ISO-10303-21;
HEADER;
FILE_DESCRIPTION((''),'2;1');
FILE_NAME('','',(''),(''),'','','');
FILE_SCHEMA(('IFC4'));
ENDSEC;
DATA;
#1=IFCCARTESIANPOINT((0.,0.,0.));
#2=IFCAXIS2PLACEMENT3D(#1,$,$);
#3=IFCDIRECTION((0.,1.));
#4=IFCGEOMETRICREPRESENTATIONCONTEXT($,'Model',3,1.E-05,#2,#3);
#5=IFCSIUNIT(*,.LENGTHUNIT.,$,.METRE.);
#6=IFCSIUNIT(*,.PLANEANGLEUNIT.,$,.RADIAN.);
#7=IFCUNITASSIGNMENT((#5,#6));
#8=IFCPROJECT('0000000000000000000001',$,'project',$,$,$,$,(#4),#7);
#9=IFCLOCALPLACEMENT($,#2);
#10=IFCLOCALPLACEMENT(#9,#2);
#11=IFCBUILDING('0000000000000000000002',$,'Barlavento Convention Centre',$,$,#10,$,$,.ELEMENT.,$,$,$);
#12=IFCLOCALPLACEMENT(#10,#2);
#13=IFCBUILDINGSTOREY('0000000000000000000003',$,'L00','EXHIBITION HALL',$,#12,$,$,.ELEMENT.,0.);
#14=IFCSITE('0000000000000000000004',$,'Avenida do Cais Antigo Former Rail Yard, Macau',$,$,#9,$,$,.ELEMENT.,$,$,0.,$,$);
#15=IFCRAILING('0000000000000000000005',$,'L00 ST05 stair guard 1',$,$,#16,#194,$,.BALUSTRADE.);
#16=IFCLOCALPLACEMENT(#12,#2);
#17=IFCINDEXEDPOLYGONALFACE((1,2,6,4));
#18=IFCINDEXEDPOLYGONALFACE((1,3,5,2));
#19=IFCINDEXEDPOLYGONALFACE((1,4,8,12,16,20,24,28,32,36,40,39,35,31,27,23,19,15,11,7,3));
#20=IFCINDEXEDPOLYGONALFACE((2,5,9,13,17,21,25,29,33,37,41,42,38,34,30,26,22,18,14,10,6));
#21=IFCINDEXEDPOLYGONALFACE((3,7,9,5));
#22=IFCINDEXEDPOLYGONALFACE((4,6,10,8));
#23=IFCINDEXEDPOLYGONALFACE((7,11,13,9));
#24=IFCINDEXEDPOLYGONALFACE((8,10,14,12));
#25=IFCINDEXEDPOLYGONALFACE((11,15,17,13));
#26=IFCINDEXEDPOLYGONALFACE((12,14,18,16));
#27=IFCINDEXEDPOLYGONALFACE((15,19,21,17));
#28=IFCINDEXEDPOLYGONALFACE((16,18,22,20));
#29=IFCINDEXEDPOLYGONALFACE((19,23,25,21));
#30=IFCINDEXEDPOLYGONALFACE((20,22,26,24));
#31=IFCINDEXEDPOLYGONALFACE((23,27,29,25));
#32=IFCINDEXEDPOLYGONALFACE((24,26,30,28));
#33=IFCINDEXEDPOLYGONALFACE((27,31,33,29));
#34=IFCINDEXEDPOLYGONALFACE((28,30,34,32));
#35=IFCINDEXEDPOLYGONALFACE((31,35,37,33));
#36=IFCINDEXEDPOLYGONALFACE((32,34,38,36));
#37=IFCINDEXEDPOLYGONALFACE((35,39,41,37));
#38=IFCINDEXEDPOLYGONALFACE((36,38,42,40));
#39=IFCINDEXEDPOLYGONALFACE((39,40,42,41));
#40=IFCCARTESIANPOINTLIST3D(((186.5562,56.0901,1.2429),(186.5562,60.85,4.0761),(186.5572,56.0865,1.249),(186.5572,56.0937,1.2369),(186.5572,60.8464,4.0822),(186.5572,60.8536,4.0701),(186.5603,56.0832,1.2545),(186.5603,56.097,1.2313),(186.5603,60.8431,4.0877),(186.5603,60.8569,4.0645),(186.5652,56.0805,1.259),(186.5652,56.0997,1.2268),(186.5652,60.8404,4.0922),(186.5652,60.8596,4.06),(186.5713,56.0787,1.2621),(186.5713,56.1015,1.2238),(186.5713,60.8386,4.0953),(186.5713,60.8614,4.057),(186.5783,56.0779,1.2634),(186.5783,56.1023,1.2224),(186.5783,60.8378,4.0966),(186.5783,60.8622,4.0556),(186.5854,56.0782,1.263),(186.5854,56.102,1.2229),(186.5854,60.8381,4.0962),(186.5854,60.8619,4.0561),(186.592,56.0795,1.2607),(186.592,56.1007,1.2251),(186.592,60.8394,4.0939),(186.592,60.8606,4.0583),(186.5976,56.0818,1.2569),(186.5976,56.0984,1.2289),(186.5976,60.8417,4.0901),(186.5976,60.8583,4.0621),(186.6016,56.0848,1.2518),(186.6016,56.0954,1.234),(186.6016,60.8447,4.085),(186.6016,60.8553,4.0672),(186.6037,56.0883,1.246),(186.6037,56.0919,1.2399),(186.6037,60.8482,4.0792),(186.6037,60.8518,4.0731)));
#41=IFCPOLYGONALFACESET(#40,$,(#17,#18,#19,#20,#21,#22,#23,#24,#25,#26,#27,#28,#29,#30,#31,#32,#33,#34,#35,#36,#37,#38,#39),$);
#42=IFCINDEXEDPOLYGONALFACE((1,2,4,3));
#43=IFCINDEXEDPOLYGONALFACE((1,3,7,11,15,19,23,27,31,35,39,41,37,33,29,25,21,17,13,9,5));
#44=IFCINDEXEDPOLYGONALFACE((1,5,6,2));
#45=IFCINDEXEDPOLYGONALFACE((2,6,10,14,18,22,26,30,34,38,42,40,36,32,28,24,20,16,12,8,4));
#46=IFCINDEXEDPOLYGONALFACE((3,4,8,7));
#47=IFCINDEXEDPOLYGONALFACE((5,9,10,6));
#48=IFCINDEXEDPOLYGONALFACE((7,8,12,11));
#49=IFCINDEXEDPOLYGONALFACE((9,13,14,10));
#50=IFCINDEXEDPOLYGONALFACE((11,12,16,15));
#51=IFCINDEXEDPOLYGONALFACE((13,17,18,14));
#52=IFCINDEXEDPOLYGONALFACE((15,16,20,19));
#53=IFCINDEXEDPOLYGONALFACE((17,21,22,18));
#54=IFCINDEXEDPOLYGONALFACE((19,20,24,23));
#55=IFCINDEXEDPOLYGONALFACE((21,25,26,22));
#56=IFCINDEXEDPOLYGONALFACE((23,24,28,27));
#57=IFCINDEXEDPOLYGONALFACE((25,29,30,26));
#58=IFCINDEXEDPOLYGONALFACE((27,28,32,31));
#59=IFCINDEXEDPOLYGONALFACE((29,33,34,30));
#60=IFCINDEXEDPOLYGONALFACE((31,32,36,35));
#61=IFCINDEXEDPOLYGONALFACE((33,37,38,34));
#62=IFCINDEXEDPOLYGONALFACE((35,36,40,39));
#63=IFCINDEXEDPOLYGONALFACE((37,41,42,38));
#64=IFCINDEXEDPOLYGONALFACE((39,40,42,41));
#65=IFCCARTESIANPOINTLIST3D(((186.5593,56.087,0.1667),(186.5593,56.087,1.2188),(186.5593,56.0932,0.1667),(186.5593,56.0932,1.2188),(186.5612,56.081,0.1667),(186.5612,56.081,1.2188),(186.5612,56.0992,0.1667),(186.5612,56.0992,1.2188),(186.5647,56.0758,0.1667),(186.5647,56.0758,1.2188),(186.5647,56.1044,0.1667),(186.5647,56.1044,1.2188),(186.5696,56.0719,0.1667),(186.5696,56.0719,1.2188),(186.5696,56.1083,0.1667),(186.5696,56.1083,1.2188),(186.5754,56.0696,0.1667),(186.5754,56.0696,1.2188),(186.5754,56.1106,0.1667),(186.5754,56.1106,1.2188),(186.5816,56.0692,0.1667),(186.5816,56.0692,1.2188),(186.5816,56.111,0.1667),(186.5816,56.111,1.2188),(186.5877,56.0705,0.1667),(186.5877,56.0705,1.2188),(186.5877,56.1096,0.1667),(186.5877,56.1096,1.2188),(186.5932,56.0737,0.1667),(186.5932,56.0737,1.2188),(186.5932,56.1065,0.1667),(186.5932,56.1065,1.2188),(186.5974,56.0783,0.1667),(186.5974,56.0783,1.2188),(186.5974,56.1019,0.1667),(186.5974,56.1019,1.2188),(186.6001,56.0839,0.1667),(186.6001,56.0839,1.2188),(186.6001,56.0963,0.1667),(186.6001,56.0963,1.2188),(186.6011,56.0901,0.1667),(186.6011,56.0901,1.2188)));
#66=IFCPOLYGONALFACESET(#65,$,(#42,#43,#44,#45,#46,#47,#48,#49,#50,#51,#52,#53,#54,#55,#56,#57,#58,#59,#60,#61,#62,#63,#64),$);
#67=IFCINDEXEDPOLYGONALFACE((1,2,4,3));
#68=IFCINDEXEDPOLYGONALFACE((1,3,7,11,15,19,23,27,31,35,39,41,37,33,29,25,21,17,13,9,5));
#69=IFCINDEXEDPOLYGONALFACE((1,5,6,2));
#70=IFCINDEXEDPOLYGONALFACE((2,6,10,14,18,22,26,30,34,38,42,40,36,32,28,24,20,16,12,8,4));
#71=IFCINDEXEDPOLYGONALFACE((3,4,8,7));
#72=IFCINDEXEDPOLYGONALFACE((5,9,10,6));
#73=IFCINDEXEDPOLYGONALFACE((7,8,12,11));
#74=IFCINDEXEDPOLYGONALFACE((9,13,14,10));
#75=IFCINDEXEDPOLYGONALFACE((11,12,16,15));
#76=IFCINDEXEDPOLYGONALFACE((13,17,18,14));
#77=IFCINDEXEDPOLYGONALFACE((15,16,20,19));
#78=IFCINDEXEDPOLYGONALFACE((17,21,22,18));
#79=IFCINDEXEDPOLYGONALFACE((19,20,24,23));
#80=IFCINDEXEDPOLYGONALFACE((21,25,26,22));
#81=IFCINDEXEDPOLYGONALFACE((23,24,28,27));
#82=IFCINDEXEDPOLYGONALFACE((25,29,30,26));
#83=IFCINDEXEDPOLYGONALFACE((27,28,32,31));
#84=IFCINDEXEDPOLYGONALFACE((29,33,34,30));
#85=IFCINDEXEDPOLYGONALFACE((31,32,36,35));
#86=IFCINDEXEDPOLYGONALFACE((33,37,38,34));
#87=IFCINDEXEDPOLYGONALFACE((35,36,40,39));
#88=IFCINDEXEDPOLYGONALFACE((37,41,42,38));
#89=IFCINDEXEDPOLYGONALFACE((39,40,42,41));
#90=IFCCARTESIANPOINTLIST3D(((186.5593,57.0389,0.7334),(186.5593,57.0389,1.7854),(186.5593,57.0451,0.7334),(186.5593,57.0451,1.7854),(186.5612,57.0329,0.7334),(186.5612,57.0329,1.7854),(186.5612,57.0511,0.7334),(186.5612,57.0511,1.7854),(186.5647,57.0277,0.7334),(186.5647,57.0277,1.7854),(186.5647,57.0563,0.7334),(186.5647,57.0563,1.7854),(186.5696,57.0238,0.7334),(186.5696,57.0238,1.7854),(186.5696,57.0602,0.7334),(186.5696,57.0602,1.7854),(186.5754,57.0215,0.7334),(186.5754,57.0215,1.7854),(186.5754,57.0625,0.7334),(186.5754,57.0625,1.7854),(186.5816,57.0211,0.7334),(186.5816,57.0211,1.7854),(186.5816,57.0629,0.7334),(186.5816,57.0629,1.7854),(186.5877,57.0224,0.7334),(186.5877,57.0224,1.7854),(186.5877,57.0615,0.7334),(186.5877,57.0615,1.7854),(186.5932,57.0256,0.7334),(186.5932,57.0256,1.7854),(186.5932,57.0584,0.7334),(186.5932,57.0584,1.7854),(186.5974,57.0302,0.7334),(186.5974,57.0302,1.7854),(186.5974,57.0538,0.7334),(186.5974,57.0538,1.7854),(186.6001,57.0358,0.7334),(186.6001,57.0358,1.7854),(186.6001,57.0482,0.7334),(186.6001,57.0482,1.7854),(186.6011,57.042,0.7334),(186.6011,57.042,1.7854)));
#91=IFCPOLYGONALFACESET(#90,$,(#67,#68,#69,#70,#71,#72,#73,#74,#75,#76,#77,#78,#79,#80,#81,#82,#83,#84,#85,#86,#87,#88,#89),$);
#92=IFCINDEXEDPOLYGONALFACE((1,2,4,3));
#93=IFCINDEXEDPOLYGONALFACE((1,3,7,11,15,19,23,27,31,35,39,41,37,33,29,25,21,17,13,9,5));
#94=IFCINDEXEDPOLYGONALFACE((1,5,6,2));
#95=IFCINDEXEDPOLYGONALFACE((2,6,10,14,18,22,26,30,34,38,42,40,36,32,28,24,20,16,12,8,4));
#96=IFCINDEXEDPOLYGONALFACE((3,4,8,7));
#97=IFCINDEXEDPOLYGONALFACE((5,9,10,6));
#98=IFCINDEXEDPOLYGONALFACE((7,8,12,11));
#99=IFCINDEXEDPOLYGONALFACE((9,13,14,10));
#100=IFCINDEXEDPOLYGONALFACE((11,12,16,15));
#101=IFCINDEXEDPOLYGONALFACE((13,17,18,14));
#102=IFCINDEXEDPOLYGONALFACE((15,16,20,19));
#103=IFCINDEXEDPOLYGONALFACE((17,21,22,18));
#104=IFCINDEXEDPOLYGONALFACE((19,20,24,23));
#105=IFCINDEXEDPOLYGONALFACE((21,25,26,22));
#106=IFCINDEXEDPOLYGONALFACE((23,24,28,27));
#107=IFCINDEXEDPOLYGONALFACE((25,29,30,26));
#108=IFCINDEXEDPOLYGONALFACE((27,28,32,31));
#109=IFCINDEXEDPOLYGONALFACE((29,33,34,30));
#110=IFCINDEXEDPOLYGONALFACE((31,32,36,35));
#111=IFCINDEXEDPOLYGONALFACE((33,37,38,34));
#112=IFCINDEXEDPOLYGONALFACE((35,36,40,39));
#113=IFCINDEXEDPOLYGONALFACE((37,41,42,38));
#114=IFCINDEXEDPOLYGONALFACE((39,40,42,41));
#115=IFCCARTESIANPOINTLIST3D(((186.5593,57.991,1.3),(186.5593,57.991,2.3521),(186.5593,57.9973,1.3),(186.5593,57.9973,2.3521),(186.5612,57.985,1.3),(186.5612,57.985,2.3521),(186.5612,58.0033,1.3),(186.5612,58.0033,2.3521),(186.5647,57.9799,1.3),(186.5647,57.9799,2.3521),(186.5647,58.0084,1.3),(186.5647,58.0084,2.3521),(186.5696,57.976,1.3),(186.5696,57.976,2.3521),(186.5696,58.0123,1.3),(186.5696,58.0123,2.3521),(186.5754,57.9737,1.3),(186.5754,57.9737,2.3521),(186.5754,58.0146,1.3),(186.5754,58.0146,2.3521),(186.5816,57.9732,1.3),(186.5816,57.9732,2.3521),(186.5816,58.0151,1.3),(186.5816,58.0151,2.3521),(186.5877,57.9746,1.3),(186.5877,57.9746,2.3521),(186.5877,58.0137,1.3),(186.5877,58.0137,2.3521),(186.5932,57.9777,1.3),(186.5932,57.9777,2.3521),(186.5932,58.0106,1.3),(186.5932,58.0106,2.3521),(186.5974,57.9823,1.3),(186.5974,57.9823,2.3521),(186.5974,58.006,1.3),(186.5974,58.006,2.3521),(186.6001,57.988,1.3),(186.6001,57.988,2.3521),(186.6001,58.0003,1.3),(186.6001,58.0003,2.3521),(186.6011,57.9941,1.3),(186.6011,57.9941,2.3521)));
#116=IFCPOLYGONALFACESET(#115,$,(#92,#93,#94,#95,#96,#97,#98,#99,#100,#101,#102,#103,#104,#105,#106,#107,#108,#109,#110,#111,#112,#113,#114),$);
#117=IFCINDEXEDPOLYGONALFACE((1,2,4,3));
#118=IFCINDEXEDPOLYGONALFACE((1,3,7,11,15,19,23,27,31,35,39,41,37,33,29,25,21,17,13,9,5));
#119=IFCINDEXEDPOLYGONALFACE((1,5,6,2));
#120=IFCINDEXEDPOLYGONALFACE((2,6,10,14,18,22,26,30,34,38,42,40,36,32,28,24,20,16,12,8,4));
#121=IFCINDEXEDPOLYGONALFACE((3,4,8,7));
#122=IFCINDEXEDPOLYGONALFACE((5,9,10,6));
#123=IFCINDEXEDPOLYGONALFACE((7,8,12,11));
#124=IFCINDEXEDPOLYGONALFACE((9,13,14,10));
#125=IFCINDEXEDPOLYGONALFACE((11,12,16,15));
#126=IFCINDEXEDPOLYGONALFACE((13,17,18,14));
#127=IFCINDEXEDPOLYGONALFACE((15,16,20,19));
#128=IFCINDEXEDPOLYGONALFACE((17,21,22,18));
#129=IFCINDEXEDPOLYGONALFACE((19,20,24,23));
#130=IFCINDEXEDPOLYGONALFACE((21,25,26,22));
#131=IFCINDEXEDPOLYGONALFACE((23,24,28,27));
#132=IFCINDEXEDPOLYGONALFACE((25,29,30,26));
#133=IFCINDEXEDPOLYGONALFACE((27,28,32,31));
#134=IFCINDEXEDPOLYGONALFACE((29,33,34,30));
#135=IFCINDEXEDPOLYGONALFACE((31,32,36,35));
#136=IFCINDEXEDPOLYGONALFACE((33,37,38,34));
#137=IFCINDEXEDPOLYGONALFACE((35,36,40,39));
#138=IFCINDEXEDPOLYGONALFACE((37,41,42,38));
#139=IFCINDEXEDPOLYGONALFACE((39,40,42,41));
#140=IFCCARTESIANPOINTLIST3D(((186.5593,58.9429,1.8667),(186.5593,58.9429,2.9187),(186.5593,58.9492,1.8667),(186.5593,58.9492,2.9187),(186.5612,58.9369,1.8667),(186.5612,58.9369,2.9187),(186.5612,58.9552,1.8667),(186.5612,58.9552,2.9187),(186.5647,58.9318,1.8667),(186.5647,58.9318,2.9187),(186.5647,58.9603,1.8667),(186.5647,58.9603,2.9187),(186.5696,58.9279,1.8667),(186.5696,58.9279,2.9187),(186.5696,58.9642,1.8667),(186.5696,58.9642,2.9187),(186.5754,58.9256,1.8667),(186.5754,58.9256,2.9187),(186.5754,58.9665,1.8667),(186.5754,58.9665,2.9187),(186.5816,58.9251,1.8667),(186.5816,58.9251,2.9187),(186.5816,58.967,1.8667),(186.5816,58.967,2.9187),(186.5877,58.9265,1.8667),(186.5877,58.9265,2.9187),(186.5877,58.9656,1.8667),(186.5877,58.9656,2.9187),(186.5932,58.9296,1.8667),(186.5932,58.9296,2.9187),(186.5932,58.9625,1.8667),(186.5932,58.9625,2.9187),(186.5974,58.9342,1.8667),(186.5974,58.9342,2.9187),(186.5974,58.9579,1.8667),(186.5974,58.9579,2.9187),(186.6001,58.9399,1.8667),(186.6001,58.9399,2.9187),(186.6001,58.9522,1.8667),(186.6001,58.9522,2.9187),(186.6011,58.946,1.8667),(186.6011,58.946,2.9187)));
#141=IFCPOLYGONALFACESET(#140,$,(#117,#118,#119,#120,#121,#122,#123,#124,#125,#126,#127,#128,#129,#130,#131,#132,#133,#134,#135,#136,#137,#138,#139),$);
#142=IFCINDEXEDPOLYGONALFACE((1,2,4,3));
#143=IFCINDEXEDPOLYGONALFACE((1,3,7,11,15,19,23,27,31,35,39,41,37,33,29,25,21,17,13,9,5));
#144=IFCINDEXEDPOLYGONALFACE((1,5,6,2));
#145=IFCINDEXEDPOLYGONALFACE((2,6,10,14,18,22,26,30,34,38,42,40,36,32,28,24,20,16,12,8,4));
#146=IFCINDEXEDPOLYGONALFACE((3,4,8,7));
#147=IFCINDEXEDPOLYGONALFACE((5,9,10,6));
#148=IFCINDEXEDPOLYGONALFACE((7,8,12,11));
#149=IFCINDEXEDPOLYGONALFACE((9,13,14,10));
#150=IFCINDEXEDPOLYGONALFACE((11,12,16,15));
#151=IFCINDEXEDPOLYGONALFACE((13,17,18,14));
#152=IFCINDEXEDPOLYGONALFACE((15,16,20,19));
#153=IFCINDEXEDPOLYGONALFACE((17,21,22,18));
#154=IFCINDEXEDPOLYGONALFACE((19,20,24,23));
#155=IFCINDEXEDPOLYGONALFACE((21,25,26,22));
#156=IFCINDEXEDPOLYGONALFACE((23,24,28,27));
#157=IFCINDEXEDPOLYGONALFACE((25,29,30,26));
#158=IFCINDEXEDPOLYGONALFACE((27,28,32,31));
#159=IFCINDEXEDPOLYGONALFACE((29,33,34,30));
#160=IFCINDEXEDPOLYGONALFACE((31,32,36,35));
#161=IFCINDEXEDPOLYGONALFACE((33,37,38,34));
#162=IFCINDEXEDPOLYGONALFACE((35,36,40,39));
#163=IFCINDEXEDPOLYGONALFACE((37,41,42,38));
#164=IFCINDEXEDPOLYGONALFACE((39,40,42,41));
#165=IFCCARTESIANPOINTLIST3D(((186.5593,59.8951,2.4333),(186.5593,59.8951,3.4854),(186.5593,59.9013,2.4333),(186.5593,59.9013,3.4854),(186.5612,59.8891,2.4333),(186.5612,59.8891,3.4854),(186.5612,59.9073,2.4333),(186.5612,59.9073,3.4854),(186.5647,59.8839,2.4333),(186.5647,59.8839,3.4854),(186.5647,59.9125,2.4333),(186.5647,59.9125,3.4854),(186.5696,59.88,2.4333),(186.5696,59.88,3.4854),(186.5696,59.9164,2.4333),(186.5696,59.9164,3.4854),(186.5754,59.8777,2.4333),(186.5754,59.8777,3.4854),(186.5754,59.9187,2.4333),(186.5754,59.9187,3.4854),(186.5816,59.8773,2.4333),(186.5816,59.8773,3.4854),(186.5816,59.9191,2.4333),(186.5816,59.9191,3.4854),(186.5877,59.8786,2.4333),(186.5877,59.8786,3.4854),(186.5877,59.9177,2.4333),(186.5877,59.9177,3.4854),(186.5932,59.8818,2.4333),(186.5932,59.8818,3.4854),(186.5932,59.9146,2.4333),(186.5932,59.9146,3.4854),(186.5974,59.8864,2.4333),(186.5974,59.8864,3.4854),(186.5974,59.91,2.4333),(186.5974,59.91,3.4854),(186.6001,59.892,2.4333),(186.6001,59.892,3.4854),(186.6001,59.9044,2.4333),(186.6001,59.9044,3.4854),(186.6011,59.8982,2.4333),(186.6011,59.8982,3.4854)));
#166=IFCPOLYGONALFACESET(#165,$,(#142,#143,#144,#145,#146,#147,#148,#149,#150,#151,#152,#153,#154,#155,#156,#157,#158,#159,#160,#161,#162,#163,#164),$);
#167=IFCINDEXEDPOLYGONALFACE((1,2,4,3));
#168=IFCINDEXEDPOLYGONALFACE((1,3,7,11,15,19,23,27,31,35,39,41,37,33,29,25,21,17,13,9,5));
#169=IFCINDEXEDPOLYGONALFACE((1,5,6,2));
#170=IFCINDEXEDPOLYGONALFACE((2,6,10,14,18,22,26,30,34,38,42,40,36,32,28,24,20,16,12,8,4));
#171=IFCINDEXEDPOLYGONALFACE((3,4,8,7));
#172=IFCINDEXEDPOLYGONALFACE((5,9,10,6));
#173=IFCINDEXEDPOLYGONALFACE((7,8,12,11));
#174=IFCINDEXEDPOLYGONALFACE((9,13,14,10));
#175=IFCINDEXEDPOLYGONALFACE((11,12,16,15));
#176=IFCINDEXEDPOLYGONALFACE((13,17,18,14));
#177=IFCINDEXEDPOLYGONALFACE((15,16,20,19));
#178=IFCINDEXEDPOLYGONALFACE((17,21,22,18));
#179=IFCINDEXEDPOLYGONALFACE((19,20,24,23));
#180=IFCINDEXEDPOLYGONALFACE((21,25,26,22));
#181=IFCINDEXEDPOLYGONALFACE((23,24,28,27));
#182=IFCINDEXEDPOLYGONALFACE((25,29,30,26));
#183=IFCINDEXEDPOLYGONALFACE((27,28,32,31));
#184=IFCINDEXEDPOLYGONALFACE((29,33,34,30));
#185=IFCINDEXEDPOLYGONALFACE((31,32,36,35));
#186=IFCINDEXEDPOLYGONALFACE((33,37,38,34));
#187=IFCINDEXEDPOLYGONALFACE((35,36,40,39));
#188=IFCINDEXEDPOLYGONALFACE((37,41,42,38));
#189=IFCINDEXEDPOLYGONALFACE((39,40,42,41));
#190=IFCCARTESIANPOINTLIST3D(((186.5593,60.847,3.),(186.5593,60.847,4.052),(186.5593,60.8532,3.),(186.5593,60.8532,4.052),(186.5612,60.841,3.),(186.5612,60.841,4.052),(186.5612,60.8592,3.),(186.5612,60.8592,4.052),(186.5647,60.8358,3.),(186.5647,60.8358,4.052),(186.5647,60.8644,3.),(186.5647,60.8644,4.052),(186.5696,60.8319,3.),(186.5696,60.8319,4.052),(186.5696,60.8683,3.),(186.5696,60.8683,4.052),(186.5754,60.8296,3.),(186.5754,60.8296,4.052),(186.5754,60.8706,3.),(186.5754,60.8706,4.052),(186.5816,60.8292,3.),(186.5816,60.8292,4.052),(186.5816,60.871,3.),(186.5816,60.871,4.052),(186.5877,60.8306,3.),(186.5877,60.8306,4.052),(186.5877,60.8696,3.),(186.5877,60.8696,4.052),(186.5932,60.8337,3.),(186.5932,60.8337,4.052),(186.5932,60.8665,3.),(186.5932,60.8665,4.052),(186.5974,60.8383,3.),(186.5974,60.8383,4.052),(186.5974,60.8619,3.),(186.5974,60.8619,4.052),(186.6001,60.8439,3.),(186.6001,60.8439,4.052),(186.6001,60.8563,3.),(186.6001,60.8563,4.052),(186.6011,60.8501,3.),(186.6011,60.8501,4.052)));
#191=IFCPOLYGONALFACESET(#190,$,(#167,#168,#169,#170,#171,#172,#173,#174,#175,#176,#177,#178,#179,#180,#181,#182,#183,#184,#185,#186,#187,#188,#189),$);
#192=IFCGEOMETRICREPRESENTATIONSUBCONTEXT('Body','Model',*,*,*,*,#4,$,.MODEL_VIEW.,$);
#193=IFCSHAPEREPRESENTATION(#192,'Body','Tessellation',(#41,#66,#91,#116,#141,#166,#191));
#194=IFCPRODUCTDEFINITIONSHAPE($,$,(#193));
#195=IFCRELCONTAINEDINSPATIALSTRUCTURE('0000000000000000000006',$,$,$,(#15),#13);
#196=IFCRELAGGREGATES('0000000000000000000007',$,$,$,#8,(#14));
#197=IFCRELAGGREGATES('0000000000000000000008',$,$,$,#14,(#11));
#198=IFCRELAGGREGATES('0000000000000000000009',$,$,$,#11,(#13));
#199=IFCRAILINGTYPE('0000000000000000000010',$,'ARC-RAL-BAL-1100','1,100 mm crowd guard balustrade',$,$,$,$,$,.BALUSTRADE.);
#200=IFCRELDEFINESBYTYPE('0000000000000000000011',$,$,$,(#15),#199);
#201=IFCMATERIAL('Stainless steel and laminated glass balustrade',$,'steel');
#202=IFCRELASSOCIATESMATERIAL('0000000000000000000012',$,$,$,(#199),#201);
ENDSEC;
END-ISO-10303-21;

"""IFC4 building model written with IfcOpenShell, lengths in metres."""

from ifc_helpers import new_model, si_unit, direction, frame, origin, origin_2d, place, context, subcontext, project, spatial, circle, extrude, material, type_object, element, save


model = new_model("IFC4")

# Units and contexts
model_context = context("Model", 3, precision=1e-05, world=origin(), true_north=direction((0.0, 1.0)))
body_context = subcontext(model_context, "Body", "Model", "MODEL_VIEW")
ifc_project = project(units=[si_unit("LENGTHUNIT", "METRE"), si_unit("PLANEANGLEUNIT", "RADIAN")], contexts=[model_context])

# Site, building, storey
site_placement = place(None, origin())
site = spatial("IfcSite", under=ifc_project, at=site_placement, Name="Avenida do Cais Antigo Former Rail Yard, Macau", CompositionType="ELEMENT", RefElevation=0.0)
building_placement = place(site_placement, origin())
building = spatial("IfcBuilding", under=site, at=building_placement, Name="Barlavento Convention Centre", CompositionType="ELEMENT")
storey_placement = place(building_placement, origin())
storey = spatial("IfcBuildingStorey", under=building, at=storey_placement, Name="L00", Description="EXHIBITION HALL", CompositionType="ELEMENT", Elevation=0.0)

# Railing
ifc_material_1 = material(Name="Stainless steel and laminated glass balustrade", Category="steel")
railing_type_1 = type_object("IfcRailingType", Name="ARC-RAL-BAL-1100", Description="1,100 mm crowd guard balustrade", PredefinedType="BALUSTRADE", material=ifc_material_1)
railing_1_placement = place(storey_placement, frame((186.5801, 56.0901, 0.1667)))
element("IfcRailing", 1, at=railing_1_placement, inside=storey, type_object=railing_type_1, Name="L00 ST05 stair guard 1", PredefinedType="BALUSTRADE", context=body_context, shape_type="SweptSolid", body=[
    extrude(circle(Radius=0.0239, at=origin_2d()), frame((0.0, 0.0, 1.0762), z_axis=(0.0, 0.8593, 0.511472), x_axis=(-1.0, 0.0, 0.0)), (0.0, 0.0, 1.0), 5.5393),
    extrude(circle(Radius=0.021, at=origin_2d()), origin(), (0.0, 0.0, 1.0), 1.052),
    extrude(circle(Radius=0.021, at=origin_2d()), frame((0.0, 0.9519, 0.5667)), (0.0, 0.0, 1.0), 1.052),
    extrude(circle(Radius=0.021, at=origin_2d()), frame((0.0, 1.9041, 1.1333)), (0.0, 0.0, 1.0), 1.052),
    extrude(circle(Radius=0.021, at=origin_2d()), frame((0.0, 2.856, 1.7)), (0.0, 0.0, 1.0), 1.052),
    extrude(circle(Radius=0.021, at=origin_2d()), frame((0.0, 3.8081, 2.2666)), (0.0, 0.0, 1.0), 1.052),
    extrude(circle(Radius=0.021, at=origin_2d()), frame((0.0, 4.76, 2.8333)), (0.0, 0.0, 1.0), 1.052),
])

save(model, "model.ifc")
